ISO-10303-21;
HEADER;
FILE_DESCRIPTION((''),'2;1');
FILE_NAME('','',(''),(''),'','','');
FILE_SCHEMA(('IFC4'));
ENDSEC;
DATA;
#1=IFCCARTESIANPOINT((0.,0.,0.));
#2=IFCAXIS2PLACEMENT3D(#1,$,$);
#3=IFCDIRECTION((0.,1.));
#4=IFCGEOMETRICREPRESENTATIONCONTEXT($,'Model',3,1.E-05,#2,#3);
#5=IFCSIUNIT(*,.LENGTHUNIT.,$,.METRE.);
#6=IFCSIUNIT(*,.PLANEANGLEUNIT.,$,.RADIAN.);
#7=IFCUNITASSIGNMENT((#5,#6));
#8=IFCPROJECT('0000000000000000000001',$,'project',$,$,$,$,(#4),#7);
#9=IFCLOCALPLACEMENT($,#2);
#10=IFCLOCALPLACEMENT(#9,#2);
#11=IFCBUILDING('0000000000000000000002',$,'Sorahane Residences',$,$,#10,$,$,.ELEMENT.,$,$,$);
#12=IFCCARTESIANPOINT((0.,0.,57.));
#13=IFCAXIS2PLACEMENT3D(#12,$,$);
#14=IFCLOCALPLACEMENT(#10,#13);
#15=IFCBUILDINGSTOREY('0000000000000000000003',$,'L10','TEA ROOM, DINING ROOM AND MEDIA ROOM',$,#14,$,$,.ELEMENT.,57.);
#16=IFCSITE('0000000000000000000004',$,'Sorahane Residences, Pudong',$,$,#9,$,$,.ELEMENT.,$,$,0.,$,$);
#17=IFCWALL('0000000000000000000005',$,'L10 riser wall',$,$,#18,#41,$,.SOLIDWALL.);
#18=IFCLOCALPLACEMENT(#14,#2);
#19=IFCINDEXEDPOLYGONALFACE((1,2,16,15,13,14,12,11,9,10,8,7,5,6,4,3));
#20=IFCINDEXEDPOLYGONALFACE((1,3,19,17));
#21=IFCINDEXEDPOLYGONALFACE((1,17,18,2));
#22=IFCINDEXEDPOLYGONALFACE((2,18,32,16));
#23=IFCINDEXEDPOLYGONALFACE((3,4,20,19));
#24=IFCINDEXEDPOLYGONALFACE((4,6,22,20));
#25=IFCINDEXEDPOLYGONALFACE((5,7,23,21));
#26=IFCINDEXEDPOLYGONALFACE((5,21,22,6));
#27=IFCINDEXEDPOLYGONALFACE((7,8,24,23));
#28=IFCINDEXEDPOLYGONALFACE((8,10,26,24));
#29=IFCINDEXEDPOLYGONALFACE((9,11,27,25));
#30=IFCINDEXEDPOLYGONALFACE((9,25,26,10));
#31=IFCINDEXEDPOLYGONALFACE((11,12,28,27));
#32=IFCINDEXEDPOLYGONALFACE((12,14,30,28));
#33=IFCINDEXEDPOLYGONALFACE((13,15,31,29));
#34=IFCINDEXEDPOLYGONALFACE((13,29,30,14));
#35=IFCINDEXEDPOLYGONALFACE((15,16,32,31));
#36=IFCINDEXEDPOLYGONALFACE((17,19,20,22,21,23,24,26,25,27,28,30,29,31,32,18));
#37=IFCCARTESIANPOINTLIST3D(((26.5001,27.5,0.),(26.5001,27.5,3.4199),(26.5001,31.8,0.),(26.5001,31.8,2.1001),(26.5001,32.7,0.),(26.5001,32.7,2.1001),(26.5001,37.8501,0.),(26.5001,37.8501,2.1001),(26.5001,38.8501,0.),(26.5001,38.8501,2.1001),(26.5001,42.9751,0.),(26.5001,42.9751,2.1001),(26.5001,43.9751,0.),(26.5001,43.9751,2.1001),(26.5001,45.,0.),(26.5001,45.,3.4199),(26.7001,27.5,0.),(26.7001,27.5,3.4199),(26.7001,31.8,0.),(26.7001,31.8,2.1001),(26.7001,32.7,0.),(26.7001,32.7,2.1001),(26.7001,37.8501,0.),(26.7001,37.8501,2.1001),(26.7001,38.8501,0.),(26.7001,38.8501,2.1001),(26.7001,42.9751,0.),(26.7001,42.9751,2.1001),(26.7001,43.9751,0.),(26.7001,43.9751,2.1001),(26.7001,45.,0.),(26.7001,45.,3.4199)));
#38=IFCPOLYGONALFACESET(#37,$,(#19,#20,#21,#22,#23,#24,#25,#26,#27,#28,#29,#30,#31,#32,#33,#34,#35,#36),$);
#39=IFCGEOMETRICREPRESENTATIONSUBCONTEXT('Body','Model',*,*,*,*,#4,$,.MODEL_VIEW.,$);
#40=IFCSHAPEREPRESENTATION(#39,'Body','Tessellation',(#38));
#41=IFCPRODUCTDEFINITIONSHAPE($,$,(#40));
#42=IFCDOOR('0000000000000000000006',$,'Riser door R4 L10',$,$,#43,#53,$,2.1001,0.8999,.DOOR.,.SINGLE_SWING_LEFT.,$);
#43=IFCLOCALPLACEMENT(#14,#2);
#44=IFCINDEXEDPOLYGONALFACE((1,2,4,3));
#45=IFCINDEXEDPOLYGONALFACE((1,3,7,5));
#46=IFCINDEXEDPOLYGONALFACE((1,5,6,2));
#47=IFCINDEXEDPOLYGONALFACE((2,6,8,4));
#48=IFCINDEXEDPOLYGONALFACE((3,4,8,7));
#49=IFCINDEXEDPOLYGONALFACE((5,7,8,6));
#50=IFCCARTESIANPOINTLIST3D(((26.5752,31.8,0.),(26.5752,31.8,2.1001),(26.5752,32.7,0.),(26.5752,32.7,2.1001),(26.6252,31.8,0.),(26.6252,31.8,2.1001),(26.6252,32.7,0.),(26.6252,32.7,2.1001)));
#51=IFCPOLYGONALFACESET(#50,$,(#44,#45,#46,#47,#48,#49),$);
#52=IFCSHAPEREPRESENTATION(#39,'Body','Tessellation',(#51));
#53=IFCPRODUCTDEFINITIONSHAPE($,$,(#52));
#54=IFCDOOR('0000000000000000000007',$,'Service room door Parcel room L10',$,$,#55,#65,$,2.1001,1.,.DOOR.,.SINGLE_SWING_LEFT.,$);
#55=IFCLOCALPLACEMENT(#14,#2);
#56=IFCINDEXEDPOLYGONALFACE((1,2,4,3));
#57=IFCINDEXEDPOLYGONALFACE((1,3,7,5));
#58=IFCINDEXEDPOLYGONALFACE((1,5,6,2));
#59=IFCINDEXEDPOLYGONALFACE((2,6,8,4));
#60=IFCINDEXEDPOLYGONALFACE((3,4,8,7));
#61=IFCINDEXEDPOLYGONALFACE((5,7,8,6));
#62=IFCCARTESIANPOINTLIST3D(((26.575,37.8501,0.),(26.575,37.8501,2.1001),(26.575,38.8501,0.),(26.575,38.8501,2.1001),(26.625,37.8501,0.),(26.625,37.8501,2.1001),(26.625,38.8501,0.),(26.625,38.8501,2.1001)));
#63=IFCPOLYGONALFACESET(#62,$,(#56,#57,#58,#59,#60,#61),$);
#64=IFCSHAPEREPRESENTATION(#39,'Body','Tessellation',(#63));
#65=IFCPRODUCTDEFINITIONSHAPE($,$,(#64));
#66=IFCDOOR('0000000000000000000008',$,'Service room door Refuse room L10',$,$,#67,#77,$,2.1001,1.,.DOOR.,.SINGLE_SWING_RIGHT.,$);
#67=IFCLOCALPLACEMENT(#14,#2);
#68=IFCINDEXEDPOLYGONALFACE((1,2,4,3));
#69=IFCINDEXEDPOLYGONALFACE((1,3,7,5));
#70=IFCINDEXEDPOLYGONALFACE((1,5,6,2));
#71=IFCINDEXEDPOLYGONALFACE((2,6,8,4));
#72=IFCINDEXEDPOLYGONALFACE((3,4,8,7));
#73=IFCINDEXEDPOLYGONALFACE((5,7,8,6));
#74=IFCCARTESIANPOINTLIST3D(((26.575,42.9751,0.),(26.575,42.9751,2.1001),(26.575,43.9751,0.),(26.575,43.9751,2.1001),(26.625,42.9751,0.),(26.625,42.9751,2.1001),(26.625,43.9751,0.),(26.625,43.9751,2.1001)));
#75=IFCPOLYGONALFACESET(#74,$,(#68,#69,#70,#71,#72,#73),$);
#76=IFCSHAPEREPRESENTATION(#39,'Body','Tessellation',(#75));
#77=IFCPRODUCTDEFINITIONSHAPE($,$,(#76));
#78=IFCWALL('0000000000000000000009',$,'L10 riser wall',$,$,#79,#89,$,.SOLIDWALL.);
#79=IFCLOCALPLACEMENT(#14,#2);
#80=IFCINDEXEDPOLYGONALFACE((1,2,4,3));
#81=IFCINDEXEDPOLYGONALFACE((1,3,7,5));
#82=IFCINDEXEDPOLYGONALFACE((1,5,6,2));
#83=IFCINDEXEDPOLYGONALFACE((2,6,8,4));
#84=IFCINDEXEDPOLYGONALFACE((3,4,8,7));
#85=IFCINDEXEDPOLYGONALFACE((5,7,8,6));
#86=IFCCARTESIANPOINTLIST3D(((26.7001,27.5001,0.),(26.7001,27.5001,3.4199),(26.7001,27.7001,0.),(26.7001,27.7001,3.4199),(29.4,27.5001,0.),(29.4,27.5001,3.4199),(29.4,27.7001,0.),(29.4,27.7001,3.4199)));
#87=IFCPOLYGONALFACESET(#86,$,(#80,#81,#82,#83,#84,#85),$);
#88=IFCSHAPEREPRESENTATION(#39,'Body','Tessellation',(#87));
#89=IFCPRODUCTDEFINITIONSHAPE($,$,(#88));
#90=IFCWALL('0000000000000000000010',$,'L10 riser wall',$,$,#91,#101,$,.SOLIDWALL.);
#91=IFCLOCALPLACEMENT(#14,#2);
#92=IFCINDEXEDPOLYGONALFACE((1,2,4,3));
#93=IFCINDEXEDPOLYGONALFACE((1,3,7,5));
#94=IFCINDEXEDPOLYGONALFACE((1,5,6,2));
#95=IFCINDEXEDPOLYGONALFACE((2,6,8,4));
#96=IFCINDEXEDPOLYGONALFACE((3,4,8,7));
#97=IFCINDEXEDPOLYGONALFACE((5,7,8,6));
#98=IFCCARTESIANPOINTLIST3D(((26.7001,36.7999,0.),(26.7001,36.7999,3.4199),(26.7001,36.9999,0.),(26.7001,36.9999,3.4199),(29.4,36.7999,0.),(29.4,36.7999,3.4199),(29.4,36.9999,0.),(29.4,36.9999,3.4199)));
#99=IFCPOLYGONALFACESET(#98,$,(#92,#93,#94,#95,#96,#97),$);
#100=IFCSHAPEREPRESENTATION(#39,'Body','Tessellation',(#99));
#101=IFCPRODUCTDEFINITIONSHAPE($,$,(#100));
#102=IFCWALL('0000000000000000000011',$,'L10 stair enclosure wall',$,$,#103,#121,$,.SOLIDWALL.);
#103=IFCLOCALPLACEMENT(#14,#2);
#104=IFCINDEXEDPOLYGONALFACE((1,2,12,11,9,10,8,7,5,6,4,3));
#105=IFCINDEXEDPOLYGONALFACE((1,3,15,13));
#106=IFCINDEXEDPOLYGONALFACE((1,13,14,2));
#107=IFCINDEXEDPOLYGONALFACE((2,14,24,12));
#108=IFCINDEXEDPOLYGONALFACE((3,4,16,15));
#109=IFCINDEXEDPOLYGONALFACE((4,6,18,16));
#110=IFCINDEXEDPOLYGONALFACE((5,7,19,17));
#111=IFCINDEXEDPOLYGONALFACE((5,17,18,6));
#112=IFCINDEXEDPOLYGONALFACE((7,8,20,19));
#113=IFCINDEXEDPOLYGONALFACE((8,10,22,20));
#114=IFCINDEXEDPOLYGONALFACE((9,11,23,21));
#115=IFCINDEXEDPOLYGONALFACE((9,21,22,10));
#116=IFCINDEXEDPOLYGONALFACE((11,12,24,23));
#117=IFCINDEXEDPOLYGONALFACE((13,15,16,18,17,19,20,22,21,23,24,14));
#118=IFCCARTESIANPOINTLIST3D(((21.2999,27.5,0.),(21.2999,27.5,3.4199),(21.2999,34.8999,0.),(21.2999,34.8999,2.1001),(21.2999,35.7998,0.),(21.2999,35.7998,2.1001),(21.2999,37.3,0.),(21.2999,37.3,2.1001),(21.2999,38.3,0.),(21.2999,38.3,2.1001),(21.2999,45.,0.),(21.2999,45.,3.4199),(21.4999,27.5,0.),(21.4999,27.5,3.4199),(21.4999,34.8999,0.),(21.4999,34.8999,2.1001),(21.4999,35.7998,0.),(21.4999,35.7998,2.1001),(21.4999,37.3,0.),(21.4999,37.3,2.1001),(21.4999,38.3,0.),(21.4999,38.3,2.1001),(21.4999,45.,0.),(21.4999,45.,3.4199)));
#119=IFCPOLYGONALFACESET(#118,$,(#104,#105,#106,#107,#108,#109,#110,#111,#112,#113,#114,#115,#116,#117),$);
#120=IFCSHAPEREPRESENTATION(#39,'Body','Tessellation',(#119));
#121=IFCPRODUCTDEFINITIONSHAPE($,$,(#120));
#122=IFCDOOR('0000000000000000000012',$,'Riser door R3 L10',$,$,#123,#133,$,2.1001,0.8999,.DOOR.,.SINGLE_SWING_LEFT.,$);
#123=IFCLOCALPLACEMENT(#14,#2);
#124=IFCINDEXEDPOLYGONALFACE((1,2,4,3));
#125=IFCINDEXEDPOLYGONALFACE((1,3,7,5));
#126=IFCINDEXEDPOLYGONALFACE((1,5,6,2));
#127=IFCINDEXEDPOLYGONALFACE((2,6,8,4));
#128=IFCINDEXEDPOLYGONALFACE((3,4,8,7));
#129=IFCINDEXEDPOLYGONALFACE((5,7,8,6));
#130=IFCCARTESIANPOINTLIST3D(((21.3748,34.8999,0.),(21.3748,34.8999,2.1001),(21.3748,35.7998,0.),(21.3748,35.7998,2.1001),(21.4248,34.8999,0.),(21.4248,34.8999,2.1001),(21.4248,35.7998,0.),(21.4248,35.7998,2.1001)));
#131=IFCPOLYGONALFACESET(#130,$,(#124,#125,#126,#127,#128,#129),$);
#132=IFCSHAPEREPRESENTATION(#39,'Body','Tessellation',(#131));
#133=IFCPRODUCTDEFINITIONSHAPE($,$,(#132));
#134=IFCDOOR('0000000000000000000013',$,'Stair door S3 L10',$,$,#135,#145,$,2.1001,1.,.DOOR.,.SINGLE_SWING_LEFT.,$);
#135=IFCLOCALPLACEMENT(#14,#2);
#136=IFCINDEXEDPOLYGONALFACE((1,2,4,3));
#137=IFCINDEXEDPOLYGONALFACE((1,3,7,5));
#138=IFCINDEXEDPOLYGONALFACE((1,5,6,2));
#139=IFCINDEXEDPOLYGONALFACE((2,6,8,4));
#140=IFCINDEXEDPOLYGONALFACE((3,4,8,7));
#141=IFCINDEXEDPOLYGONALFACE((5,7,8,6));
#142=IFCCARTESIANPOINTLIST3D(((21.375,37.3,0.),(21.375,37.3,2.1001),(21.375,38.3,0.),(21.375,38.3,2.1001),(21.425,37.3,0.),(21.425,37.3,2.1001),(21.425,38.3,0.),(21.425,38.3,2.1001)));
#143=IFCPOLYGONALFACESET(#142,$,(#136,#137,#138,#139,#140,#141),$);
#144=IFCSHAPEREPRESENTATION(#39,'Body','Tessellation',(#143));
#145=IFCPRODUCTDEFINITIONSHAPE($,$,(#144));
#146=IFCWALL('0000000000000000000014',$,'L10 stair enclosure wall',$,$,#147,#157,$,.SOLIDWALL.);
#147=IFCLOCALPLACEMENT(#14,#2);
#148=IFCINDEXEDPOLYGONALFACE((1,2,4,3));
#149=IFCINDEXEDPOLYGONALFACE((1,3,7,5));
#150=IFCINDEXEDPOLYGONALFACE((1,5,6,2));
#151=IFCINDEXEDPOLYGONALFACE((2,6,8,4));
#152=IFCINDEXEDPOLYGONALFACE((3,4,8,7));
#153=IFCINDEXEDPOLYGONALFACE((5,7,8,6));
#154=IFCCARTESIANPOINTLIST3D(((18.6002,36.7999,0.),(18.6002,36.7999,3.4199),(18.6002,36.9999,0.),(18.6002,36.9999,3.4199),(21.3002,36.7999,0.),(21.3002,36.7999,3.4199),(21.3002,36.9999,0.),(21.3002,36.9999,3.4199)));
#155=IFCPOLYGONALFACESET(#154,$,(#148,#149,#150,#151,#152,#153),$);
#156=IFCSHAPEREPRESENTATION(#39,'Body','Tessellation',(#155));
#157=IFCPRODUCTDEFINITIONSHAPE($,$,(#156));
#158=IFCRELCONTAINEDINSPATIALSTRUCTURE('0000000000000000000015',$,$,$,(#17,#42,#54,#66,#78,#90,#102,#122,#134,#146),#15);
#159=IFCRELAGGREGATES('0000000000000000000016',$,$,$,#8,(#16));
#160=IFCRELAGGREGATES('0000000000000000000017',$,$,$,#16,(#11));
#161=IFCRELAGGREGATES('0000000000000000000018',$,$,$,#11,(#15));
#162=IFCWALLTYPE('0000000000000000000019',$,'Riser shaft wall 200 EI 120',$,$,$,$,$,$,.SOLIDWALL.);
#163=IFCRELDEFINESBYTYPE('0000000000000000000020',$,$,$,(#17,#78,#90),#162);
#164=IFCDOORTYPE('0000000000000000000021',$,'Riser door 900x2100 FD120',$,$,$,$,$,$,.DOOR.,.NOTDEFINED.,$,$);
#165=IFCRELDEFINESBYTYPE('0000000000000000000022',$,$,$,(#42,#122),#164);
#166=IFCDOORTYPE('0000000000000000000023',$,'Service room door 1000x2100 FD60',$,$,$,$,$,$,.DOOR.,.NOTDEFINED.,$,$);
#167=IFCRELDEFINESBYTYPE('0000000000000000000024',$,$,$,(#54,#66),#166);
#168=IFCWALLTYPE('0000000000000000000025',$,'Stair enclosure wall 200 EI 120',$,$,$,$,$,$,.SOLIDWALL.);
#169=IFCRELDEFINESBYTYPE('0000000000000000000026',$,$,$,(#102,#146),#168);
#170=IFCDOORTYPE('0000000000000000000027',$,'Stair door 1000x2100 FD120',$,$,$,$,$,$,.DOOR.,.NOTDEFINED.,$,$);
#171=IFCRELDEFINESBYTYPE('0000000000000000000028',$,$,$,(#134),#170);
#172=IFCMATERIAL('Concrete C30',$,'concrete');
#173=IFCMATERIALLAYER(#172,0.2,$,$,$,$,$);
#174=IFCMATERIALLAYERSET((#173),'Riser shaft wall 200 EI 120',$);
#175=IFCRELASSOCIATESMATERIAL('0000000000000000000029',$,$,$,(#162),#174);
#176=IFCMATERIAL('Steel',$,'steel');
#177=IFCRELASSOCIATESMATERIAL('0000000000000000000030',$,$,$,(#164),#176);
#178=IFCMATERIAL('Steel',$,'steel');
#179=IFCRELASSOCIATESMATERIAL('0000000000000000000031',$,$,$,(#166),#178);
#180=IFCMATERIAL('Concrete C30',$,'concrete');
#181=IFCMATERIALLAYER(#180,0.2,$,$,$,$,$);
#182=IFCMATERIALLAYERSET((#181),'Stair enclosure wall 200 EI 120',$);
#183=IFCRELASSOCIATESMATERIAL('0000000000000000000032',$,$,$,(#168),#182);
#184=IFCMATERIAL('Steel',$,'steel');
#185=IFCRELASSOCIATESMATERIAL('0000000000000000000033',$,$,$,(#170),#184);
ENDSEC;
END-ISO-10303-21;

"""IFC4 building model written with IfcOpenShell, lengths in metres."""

from ifc_helpers import new_model, si_unit, direction, frame, frame_2d, origin, place, context, subcontext, project, spatial, rectangle, extrude, material, layer, layer_set, type_object, element, fill, save


model = new_model("IFC4")

# Units and contexts
model_context = context("Model", 3, precision=1e-05, world=origin(), true_north=direction((0.0, 1.0)))
body_context = subcontext(model_context, "Body", "Model", "MODEL_VIEW")
ifc_project = project(units=[si_unit("LENGTHUNIT", "METRE"), si_unit("PLANEANGLEUNIT", "RADIAN")], contexts=[model_context])

# Site, building, storey
site_placement = place(None, origin())
site = spatial("IfcSite", under=ifc_project, at=site_placement, Name="Sorahane Residences, Pudong", CompositionType="ELEMENT", RefElevation=0.0)
building_placement = place(site_placement, origin())
building = spatial("IfcBuilding", under=site, at=building_placement, Name="Sorahane Residences", CompositionType="ELEMENT")
storey_placement = place(building_placement, frame((0.0, 0.0, 57.0)))
storey = spatial("IfcBuildingStorey", under=building, at=storey_placement, Name="L10", Description="TEA ROOM, DINING ROOM AND MEDIA ROOM", CompositionType="ELEMENT", Elevation=57.0)

# Wall, openings, doors
ifc_material_1 = material(Name="Concrete C30", Category="concrete")
ifc_layer_1 = layer(ifc_material_1, 0.2)
ifc_layer_set_1 = layer_set([ifc_layer_1], Name="Riser shaft wall 200 EI 120")
wall_type_1 = type_object("IfcWallType", Name="Riser shaft wall 200 EI 120", PredefinedType="SOLIDWALL", material=ifc_layer_set_1)
wall_1_placement = place(storey_placement, frame((26.6001, 27.5, 0.0), z_axis=(0.0, 0.0, 1.0), x_axis=(0.0, 1.0, 0.0)))
wall_1 = element("IfcWall", 1, at=wall_1_placement, inside=storey, type_object=wall_type_1, Name="L10 riser wall", PredefinedType="SOLIDWALL", context=body_context, shape_type="SweptSolid", body=[
    extrude(rectangle(XDim=17.5, YDim=0.2, at=frame_2d((8.75, 0.0))), origin(), (0.0, 0.0, 1.0), 3.4199),
])
opening_1_placement = place(wall_1_placement, frame((4.3, 0.0, 0.0)))
opening_1 = element("IfcOpeningElement", 2, at=opening_1_placement, cuts=wall_1, PredefinedType="OPENING", context=body_context, shape_type="SweptSolid", body=[
    extrude(rectangle(XDim=0.8999, YDim=2.1001, at=frame_2d((0.45, 1.05))), frame((0.0, 0.1099, 0.0), z_axis=(0.0, -1.0, 0.0), x_axis=(1.0, 0.0, 0.0)), (0.0, 0.0, 1.0), 0.22),
])
opening_2_placement = place(wall_1_placement, frame((10.3501, 0.0, 0.0)))
opening_2 = element("IfcOpeningElement", 3, at=opening_2_placement, cuts=wall_1, PredefinedType="OPENING", context=body_context, shape_type="SweptSolid", body=[
    extrude(rectangle(XDim=1.0, YDim=2.1001, at=frame_2d((0.5, 1.05))), frame((0.0, 0.1099, 0.0), z_axis=(0.0, -1.0, 0.0), x_axis=(1.0, 0.0, 0.0)), (0.0, 0.0, 1.0), 0.22),
])
opening_3_placement = place(wall_1_placement, frame((15.4751, 0.0, 0.0)))
opening_3 = element("IfcOpeningElement", 4, at=opening_3_placement, cuts=wall_1, PredefinedType="OPENING", context=body_context, shape_type="SweptSolid", body=[
    extrude(rectangle(XDim=1.0, YDim=2.1001, at=frame_2d((0.5, 1.05))), frame((0.0, 0.1099, 0.0), z_axis=(0.0, -1.0, 0.0), x_axis=(1.0, 0.0, 0.0)), (0.0, 0.0, 1.0), 0.22),
])
ifc_material_2 = material(Name="Steel", Category="steel")
door_type_1 = type_object("IfcDoorType", Name="Riser door 900x2100 FD120", OperationType="NOTDEFINED", PredefinedType="DOOR", material=ifc_material_2)
door_1_placement = place(opening_1_placement, origin())
door_1 = element("IfcDoor", 5, at=door_1_placement, inside=storey, type_object=door_type_1, Name="Riser door R4 L10", OperationType="SINGLE_SWING_LEFT", OverallHeight=2.1001, OverallWidth=0.8999, PredefinedType="DOOR", context=body_context, shape_type="SweptSolid", body=[
    extrude(rectangle(XDim=0.8999, YDim=2.1001, at=frame_2d((0.45, 1.05))), frame((0.0, 0.0249, 0.0), z_axis=(0.0, -1.0, 0.0), x_axis=(1.0, 0.0, 0.0)), (0.0, 0.0, 1.0), 0.05),
])
fill(opening_1, door_1)
ifc_material_3 = material(Name="Steel", Category="steel")
door_type_2 = type_object("IfcDoorType", Name="Service room door 1000x2100 FD60", OperationType="NOTDEFINED", PredefinedType="DOOR", material=ifc_material_3)
door_2_placement = place(opening_2_placement, frame((1.0, 0.0, 0.0), z_axis=(0.0, 0.0, 1.0), x_axis=(-1.0, 0.0, 0.0)))
door_2 = element("IfcDoor", 6, at=door_2_placement, inside=storey, type_object=door_type_2, Name="Service room door Parcel room L10", OperationType="SINGLE_SWING_LEFT", OverallHeight=2.1001, OverallWidth=1.0, PredefinedType="DOOR", context=body_context, shape_type="SweptSolid", body=[
    extrude(rectangle(XDim=1.0, YDim=2.1001, at=frame_2d((0.5, 1.05))), frame((0.0, 0.0249, 0.0), z_axis=(0.0, -1.0, 0.0), x_axis=(1.0, 0.0, 0.0)), (0.0, 0.0, 1.0), 0.05),
])
fill(opening_2, door_2)
door_3_placement = place(opening_3_placement, frame((1.0, 0.0, 0.0), z_axis=(0.0, 0.0, 1.0), x_axis=(-1.0, 0.0, 0.0)))
door_3 = element("IfcDoor", 7, at=door_3_placement, inside=storey, type_object=door_type_2, Name="Service room door Refuse room L10", OperationType="SINGLE_SWING_RIGHT", OverallHeight=2.1001, OverallWidth=1.0, PredefinedType="DOOR", context=body_context, shape_type="SweptSolid", body=[
    extrude(rectangle(XDim=1.0, YDim=2.1001, at=frame_2d((0.5, 1.05))), frame((0.0, 0.0249, 0.0), z_axis=(0.0, -1.0, 0.0), x_axis=(1.0, 0.0, 0.0)), (0.0, 0.0, 1.0), 0.05),
])
fill(opening_3, door_3)

# Walls
for number, where, z_axis, x_axis, name in (
    (8, (26.7, 27.6001, 0.0), (0.0, 0.0, 1.0), (1.0, 0.0, 0.0), "L10 riser wall"),
    (9, (26.7, 36.8999, 0.0), (0.0, 0.0, 1.0), (1.0, 0.0, 0.0), "L10 riser wall"),
):
    element("IfcWall", number, at=place(storey_placement, frame(where, z_axis=z_axis, x_axis=x_axis)), inside=storey, type_object=wall_type_1, Name=name, PredefinedType="SOLIDWALL", context=body_context, shape_type="SweptSolid", body=[
        extrude(rectangle(XDim=2.7, YDim=0.2, at=frame_2d((1.3501, 0.0))), origin(), (0.0, 0.0, 1.0), 3.4199),
    ])

# Wall, openings, doors
ifc_material_4 = material(Name="Concrete C30", Category="concrete")
ifc_layer_2 = layer(ifc_material_4, 0.2)
ifc_layer_set_2 = layer_set([ifc_layer_2], Name="Stair enclosure wall 200 EI 120")
wall_type_2 = type_object("IfcWallType", Name="Stair enclosure wall 200 EI 120", PredefinedType="SOLIDWALL", material=ifc_layer_set_2)
wall_2_placement = place(storey_placement, frame((21.3999, 27.5, 0.0), z_axis=(0.0, 0.0, 1.0), x_axis=(0.0, 1.0, 0.0)))
wall_2 = element("IfcWall", 10, at=wall_2_placement, inside=storey, type_object=wall_type_2, Name="L10 stair enclosure wall", PredefinedType="SOLIDWALL", context=body_context, shape_type="SweptSolid", body=[
    extrude(rectangle(XDim=17.5, YDim=0.2, at=frame_2d((8.75, 0.0))), origin(), (0.0, 0.0, 1.0), 3.4199),
])
opening_4_placement = place(wall_2_placement, frame((9.8, 0.0, 0.0)))
opening_4 = element("IfcOpeningElement", 11, at=opening_4_placement, cuts=wall_2, PredefinedType="OPENING", context=body_context, shape_type="SweptSolid", body=[
    extrude(rectangle(XDim=1.0, YDim=2.1001, at=frame_2d((0.5, 1.05))), frame((0.0, 0.1099, 0.0), z_axis=(0.0, -1.0, 0.0), x_axis=(1.0, 0.0, 0.0)), (0.0, 0.0, 1.0), 0.22),
])
opening_5_placement = place(wall_2_placement, frame((7.3999, 0.0, 0.0)))
opening_5 = element("IfcOpeningElement", 12, at=opening_5_placement, cuts=wall_2, PredefinedType="OPENING", context=body_context, shape_type="SweptSolid", body=[
    extrude(rectangle(XDim=0.8999, YDim=2.1001, at=frame_2d((0.45, 1.05))), frame((0.0, 0.1099, 0.0), z_axis=(0.0, -1.0, 0.0), x_axis=(1.0, 0.0, 0.0)), (0.0, 0.0, 1.0), 0.22),
])
door_4_placement = place(opening_5_placement, frame((0.8999, 0.0, 0.0), z_axis=(0.0, 0.0, 1.0), x_axis=(-1.0, 0.0, 0.0)))
door_4 = element("IfcDoor", 13, at=door_4_placement, inside=storey, type_object=door_type_1, Name="Riser door R3 L10", OperationType="SINGLE_SWING_LEFT", OverallHeight=2.1001, OverallWidth=0.8999, PredefinedType="DOOR", context=body_context, shape_type="SweptSolid", body=[
    extrude(rectangle(XDim=0.8999, YDim=2.1001, at=frame_2d((0.45, 1.05))), frame((0.0, 0.0249, 0.0), z_axis=(0.0, -1.0, 0.0), x_axis=(1.0, 0.0, 0.0)), (0.0, 0.0, 1.0), 0.05),
])
fill(opening_5, door_4)
ifc_material_5 = material(Name="Steel", Category="steel")
door_type_3 = type_object("IfcDoorType", Name="Stair door 1000x2100 FD120", OperationType="NOTDEFINED", PredefinedType="DOOR", material=ifc_material_5)
door_5_placement = place(opening_4_placement, origin())
door_5 = element("IfcDoor", 14, at=door_5_placement, inside=storey, type_object=door_type_3, Name="Stair door S3 L10", OperationType="SINGLE_SWING_LEFT", OverallHeight=2.1001, OverallWidth=1.0, PredefinedType="DOOR", context=body_context, shape_type="SweptSolid", body=[
    extrude(rectangle(XDim=1.0, YDim=2.1001, at=frame_2d((0.5, 1.05))), frame((0.0, 0.0249, 0.0), z_axis=(0.0, -1.0, 0.0), x_axis=(1.0, 0.0, 0.0)), (0.0, 0.0, 1.0), 0.05),
])
fill(opening_4, door_5)

# Wall
wall_3_placement = place(storey_placement, frame((18.6001, 36.8999, 0.0), z_axis=(0.0, 0.0, 1.0), x_axis=(1.0, 0.0, 0.0)))
element("IfcWall", 15, at=wall_3_placement, inside=storey, type_object=wall_type_2, Name="L10 stair enclosure wall", PredefinedType="SOLIDWALL", context=body_context, shape_type="SweptSolid", body=[
    extrude(rectangle(XDim=2.7, YDim=0.2, at=frame_2d((1.3501, 0.0))), origin(), (0.0, 0.0, 1.0), 3.4199),
])

save(model, "model.ifc")
